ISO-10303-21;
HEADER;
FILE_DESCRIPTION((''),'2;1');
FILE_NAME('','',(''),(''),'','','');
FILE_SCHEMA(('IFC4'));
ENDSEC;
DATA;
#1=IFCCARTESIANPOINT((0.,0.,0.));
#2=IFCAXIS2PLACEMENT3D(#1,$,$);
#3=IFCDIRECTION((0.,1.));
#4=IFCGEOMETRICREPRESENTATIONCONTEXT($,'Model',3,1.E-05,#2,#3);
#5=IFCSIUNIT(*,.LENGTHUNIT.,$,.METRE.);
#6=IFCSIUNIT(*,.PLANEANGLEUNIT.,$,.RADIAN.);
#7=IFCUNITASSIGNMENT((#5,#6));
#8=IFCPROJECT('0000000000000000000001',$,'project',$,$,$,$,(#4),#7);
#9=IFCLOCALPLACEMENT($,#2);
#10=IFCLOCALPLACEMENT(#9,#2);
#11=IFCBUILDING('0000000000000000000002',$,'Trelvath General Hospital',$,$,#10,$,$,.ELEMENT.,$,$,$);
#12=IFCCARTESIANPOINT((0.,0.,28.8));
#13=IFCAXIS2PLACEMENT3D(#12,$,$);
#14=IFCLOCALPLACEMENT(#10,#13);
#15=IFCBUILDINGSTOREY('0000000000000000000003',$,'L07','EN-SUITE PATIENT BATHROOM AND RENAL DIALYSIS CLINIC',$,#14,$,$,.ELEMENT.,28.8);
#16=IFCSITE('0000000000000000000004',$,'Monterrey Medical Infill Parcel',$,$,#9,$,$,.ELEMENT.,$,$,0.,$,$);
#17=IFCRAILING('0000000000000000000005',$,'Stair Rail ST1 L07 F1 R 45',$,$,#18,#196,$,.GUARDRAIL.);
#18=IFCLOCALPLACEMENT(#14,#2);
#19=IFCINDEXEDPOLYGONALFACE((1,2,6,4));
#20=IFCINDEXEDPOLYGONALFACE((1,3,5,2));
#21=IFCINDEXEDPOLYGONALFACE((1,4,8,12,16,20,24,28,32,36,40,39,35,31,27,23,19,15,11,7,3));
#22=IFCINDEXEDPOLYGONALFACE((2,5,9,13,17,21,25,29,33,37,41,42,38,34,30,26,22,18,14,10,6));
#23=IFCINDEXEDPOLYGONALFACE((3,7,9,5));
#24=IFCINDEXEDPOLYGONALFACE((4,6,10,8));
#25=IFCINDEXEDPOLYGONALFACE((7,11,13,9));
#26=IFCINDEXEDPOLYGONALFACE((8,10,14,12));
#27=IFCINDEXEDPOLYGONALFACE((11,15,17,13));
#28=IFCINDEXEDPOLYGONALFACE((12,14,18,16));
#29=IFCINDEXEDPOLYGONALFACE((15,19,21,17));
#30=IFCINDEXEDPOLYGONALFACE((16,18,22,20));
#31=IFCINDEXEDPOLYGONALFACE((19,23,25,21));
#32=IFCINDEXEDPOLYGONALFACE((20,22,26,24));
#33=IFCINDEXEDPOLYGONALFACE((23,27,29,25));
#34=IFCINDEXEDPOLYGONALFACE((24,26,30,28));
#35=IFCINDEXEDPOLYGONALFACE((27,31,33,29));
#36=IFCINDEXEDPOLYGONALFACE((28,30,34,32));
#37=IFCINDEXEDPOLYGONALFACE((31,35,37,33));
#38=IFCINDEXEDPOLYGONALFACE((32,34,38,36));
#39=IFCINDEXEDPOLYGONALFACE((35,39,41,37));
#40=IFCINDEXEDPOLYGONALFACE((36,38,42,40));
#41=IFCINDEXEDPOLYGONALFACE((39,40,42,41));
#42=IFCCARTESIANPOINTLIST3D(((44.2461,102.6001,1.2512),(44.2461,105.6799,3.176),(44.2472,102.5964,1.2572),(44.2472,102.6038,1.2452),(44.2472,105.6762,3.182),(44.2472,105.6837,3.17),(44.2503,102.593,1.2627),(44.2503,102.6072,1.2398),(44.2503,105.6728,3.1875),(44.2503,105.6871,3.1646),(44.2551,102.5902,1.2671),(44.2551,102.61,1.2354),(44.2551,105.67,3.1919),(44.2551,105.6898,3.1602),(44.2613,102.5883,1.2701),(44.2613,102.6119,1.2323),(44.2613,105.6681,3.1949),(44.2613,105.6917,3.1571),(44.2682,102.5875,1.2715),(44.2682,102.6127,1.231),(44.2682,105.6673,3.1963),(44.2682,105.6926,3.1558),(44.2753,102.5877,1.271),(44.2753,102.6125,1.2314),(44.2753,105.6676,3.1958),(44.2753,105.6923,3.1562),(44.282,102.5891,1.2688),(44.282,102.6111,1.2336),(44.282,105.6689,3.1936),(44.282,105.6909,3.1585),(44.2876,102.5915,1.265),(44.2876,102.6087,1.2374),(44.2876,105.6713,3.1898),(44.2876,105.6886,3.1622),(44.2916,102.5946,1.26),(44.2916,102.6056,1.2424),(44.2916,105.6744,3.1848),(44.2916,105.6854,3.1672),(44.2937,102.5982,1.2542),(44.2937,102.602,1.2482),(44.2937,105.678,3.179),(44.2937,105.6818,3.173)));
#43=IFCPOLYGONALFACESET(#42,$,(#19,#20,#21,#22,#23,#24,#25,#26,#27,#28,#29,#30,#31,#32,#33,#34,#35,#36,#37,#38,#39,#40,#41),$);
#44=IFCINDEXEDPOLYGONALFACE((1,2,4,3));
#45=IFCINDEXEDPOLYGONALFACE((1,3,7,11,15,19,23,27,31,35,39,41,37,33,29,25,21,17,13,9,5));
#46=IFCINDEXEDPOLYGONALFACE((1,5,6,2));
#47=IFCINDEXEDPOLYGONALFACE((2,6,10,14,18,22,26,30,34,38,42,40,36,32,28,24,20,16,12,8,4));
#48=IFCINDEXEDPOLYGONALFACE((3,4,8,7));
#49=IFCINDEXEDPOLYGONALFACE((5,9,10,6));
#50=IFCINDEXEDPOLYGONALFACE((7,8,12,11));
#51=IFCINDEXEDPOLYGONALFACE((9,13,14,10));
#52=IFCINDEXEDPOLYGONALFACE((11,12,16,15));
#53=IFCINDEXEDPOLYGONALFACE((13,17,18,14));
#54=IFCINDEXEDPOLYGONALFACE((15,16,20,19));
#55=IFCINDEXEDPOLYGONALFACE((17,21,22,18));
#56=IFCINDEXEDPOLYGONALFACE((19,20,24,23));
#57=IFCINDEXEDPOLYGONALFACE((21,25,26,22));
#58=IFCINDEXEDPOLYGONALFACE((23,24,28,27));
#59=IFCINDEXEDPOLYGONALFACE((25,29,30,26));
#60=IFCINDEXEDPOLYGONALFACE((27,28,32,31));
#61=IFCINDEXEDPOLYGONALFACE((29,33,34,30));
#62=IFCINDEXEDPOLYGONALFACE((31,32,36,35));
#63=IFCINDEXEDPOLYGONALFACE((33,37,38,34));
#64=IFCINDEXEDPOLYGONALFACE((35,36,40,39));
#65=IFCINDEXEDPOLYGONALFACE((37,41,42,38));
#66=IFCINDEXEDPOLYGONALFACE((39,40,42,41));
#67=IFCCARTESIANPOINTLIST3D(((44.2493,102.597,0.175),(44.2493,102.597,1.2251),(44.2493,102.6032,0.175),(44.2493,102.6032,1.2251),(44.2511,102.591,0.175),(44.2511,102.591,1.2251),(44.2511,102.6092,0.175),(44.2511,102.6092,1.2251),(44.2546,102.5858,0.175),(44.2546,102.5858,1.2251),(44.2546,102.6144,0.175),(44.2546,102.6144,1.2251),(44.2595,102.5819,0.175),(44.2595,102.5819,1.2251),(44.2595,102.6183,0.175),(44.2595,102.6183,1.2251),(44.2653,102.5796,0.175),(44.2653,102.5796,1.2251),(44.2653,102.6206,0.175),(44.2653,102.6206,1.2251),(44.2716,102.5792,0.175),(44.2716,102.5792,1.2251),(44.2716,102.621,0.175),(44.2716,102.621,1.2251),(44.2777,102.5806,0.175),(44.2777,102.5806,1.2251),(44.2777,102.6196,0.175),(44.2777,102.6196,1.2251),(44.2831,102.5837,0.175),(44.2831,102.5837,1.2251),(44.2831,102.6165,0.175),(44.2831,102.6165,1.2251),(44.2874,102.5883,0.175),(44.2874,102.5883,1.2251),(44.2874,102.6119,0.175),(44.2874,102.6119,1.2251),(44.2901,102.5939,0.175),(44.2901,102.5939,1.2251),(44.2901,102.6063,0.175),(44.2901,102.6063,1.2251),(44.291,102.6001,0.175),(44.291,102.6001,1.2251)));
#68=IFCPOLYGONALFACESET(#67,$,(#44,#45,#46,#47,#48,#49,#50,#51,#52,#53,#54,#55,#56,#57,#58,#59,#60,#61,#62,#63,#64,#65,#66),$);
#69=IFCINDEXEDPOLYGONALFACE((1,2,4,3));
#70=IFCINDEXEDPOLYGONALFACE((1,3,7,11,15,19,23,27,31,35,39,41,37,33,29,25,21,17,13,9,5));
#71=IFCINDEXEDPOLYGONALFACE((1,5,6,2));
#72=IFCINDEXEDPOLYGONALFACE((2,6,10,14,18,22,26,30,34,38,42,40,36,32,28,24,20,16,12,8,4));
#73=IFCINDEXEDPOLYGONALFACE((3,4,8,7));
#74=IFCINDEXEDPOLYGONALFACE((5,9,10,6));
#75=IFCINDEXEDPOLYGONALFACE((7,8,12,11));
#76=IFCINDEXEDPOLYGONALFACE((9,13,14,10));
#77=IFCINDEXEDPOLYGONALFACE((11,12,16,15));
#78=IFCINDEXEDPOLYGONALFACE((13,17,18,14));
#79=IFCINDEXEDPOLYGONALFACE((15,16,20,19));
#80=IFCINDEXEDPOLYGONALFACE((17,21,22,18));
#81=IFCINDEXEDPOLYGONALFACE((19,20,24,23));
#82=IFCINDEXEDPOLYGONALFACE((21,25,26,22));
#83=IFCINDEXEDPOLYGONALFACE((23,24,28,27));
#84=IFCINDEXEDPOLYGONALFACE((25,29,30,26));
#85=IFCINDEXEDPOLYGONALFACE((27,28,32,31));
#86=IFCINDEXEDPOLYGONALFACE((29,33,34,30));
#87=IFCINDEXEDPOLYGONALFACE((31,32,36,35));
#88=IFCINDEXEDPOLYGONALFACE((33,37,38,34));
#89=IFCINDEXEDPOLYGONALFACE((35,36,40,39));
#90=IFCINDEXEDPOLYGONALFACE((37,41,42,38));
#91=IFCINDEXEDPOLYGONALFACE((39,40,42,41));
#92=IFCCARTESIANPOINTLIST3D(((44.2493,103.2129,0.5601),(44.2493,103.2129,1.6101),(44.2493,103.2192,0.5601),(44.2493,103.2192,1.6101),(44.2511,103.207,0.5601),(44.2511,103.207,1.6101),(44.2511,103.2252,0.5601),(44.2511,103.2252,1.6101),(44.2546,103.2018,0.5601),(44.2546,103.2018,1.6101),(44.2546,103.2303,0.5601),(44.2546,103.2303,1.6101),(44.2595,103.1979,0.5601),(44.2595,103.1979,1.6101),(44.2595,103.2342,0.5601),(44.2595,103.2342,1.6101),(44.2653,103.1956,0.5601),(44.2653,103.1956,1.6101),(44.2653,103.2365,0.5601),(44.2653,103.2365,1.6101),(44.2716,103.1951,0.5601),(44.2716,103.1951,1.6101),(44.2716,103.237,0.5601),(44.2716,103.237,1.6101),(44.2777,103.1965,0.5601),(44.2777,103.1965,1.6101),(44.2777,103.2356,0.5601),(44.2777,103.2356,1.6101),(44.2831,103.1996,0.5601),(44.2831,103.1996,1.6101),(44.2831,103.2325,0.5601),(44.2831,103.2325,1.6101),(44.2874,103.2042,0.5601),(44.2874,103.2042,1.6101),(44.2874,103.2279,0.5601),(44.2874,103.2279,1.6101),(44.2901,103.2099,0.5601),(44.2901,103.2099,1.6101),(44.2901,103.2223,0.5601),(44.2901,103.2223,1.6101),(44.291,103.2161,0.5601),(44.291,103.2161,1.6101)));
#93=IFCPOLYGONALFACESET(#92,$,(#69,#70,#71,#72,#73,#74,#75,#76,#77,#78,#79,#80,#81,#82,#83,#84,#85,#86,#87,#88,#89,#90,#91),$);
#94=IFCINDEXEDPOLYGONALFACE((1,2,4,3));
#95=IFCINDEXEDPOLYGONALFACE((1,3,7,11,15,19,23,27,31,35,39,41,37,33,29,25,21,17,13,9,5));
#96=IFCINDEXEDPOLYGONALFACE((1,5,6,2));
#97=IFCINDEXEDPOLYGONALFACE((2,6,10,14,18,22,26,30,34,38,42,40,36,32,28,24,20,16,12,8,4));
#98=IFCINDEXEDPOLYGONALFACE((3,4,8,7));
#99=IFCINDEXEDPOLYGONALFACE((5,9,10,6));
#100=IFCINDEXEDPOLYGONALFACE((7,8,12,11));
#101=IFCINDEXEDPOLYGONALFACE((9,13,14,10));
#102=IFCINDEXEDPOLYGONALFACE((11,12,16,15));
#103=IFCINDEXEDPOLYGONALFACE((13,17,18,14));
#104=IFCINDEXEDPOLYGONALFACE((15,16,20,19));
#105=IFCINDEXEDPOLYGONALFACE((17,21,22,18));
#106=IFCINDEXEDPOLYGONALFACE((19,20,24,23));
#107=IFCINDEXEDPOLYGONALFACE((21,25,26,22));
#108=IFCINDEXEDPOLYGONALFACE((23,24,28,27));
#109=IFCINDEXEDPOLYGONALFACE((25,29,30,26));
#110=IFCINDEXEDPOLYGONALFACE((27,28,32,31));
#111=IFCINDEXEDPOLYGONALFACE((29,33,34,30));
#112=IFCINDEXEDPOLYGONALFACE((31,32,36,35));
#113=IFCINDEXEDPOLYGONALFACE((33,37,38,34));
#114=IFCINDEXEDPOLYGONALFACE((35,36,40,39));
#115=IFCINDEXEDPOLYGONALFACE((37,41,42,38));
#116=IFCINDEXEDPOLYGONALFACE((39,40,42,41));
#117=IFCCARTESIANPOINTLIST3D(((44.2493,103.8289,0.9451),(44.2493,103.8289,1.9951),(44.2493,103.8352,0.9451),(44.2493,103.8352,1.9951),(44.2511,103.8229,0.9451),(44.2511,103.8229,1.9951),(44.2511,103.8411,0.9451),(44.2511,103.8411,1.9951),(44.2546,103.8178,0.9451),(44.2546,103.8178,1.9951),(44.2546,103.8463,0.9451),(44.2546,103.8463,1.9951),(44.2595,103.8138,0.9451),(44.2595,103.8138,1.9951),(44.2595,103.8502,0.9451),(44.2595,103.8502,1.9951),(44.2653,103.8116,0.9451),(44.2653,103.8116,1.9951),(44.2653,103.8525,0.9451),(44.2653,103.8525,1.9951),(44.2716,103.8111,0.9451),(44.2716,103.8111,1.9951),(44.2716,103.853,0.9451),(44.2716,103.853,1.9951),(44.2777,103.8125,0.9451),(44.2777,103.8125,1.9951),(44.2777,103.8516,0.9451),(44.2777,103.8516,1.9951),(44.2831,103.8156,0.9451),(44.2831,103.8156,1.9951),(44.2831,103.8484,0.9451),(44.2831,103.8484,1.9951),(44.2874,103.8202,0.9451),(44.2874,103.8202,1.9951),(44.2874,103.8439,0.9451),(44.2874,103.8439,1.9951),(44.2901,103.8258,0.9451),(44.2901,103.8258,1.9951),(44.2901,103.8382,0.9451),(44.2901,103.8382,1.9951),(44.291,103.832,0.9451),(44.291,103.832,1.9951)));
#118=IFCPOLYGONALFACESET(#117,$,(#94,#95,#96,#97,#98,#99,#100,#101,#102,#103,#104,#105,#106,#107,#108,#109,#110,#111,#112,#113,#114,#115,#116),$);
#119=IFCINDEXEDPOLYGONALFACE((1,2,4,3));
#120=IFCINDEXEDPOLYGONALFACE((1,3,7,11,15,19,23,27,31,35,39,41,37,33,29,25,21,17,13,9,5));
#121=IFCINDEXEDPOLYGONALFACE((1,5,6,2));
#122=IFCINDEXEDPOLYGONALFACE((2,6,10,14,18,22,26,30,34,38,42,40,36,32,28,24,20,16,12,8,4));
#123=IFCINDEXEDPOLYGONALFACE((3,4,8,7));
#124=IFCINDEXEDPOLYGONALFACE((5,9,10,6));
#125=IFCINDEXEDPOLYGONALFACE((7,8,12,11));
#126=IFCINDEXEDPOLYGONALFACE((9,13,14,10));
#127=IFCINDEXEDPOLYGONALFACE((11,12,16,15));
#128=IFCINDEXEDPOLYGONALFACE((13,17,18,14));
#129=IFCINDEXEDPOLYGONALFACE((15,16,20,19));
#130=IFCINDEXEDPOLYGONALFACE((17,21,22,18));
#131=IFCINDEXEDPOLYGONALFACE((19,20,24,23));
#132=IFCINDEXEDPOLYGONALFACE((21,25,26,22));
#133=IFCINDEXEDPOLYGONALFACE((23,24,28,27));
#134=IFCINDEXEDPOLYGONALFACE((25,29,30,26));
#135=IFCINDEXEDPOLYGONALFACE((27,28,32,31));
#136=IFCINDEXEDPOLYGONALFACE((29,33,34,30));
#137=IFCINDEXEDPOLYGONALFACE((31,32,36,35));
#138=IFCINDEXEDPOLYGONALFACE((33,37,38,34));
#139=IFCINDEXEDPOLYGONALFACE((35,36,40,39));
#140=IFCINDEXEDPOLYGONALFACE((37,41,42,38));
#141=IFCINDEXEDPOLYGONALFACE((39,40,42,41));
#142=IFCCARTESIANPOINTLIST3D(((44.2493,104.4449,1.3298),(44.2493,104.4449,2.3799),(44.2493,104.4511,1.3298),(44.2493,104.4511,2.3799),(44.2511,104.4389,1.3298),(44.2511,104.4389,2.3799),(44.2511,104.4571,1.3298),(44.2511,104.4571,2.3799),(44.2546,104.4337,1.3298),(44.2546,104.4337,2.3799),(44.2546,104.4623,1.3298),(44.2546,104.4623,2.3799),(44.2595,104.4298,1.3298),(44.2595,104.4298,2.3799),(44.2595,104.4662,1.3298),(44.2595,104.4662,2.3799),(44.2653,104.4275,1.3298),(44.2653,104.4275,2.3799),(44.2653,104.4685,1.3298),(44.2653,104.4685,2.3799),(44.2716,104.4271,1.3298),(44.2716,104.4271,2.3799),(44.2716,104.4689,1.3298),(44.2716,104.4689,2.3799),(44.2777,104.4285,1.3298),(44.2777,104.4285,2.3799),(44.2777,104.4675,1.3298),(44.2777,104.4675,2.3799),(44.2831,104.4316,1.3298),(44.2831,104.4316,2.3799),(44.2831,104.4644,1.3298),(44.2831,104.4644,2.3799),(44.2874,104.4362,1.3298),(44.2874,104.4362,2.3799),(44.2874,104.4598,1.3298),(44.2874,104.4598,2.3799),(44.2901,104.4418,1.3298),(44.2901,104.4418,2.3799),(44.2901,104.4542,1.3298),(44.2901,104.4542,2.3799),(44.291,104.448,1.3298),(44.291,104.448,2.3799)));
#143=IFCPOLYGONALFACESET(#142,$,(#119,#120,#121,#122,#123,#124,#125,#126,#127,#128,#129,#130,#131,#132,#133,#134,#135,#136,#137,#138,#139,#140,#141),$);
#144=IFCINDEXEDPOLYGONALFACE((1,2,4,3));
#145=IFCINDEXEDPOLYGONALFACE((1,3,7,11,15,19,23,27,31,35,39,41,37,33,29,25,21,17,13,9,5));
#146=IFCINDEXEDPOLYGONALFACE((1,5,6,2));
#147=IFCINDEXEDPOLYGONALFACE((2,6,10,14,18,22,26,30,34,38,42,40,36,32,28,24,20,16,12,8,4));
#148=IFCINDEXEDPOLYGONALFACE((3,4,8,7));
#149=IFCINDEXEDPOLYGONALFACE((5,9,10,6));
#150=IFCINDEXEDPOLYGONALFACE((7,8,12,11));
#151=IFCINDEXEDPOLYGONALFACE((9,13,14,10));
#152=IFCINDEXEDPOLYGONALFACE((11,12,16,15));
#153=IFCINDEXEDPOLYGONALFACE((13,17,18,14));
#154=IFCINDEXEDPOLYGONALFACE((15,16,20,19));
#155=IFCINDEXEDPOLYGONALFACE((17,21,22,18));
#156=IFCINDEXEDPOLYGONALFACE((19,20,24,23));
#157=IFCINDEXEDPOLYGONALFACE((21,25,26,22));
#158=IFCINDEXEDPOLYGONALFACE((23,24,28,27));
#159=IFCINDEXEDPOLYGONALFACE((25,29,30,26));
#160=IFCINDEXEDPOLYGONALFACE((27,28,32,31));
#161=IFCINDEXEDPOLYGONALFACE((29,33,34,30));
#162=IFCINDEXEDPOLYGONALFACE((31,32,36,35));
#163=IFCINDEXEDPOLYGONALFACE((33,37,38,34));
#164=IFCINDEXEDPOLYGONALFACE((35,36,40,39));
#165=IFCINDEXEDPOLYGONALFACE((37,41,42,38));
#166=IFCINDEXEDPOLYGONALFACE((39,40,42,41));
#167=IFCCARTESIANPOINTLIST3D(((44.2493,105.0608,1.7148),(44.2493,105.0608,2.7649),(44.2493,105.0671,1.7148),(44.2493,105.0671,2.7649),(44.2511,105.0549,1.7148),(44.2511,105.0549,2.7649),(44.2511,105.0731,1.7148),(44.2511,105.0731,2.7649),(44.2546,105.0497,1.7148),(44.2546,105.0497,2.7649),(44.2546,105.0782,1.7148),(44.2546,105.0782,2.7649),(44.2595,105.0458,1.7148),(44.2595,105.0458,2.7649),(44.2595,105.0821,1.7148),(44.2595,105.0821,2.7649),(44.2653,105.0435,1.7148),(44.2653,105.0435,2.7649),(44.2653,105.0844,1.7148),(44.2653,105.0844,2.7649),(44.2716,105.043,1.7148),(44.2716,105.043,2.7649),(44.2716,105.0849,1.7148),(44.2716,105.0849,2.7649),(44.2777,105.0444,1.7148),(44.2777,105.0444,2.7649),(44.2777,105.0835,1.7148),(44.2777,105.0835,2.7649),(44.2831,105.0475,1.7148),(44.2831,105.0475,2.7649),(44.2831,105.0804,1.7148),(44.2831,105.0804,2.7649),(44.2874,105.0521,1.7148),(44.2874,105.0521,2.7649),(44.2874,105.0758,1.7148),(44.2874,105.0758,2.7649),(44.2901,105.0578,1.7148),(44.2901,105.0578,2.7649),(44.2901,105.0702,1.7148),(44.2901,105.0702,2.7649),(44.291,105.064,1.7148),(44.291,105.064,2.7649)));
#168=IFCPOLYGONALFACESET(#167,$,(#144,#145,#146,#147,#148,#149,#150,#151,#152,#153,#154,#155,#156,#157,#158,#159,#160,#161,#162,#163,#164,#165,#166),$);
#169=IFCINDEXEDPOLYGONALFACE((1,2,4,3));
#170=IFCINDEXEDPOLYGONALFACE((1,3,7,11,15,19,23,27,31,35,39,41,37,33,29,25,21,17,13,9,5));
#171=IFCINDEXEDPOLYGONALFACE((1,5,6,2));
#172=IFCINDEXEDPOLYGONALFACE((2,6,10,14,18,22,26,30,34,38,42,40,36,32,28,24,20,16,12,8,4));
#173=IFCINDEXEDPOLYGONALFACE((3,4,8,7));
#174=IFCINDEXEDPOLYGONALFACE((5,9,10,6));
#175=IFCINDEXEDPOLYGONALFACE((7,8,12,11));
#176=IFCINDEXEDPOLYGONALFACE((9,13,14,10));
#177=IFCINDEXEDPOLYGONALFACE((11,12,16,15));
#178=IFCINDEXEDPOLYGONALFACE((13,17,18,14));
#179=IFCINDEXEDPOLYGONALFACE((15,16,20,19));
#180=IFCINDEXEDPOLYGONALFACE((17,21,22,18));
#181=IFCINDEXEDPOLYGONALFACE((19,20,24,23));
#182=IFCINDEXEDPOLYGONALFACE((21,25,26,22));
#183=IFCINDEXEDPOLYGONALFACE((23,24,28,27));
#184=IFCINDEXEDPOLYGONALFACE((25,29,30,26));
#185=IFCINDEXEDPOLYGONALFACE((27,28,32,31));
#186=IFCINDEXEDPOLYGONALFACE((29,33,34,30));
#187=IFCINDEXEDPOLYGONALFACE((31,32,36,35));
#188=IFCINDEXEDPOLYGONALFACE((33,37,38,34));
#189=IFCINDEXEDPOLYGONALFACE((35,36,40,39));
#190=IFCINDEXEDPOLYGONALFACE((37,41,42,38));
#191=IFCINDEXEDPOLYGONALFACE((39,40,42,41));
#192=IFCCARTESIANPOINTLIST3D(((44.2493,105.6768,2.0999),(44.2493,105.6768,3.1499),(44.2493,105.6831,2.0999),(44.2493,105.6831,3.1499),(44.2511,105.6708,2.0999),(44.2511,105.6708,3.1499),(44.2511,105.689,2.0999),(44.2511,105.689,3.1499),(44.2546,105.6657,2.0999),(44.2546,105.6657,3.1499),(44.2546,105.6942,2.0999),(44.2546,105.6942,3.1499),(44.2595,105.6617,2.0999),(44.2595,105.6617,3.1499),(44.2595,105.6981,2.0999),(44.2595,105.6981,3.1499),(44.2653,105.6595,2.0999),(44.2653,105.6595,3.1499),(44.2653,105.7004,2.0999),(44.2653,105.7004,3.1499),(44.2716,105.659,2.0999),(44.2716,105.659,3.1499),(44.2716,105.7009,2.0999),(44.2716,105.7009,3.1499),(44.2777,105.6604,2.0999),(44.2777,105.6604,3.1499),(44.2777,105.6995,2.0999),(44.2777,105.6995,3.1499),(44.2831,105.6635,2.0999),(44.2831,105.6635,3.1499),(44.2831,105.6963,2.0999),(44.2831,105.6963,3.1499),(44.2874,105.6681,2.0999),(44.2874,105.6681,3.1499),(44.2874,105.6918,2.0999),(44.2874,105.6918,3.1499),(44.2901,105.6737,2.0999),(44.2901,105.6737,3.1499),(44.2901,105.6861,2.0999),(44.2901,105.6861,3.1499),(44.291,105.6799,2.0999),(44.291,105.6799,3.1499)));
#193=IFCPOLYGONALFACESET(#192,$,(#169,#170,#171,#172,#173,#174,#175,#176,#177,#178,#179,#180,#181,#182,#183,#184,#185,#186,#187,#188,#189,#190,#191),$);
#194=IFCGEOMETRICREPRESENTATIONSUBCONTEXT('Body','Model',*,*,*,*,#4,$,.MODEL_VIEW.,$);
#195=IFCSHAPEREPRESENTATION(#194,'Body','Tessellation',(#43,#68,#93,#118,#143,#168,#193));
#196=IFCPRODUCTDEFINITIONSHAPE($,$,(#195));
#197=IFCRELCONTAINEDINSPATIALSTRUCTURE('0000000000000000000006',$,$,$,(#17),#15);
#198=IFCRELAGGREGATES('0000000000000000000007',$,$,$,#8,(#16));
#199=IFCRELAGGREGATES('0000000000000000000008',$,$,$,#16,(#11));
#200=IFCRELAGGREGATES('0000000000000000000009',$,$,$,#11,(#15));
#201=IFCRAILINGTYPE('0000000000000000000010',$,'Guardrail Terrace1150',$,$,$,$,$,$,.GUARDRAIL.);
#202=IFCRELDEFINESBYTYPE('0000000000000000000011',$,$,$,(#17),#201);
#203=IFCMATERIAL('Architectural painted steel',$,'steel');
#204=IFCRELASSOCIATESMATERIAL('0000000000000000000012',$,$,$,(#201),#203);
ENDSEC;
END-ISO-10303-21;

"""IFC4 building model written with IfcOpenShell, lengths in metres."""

from ifc_helpers import new_model, si_unit, direction, frame, origin, origin_2d, place, context, subcontext, project, spatial, circle, extrude, material, type_object, element, save


model = new_model("IFC4")

# Units and contexts
model_context = context("Model", 3, precision=1e-05, world=origin(), true_north=direction((0.0, 1.0)))
body_context = subcontext(model_context, "Body", "Model", "MODEL_VIEW")
ifc_project = project(units=[si_unit("LENGTHUNIT", "METRE"), si_unit("PLANEANGLEUNIT", "RADIAN")], contexts=[model_context])

# Site, building, storey
site_placement = place(None, origin())
site = spatial("IfcSite", under=ifc_project, at=site_placement, Name="Monterrey Medical Infill Parcel", CompositionType="ELEMENT", RefElevation=0.0)
building_placement = place(site_placement, origin())
building = spatial("IfcBuilding", under=site, at=building_placement, Name="Trelvath General Hospital", CompositionType="ELEMENT")
storey_placement = place(building_placement, frame((0.0, 0.0, 28.8)))
storey = spatial("IfcBuildingStorey", under=building, at=storey_placement, Name="L07", Description="EN-SUITE PATIENT BATHROOM AND RENAL DIALYSIS CLINIC", CompositionType="ELEMENT", Elevation=28.8)

# Railing
ifc_material_1 = material(Name="Architectural painted steel", Category="steel")
railing_type_1 = type_object("IfcRailingType", Name="Guardrail Terrace1150", PredefinedType="GUARDRAIL", material=ifc_material_1)
railing_1_placement = place(storey_placement, frame((44.27, 102.6001, 0.175)))
element("IfcRailing", 1, at=railing_1_placement, inside=storey, type_object=railing_type_1, Name="Stair Rail ST1 L07 F1 R 45", PredefinedType="GUARDRAIL", context=body_context, shape_type="SweptSolid", body=[
    extrude(circle(Radius=0.0239, at=origin_2d()), frame((0.0, 0.0, 1.0762), z_axis=(0.0, 0.84801, 0.529981), x_axis=(-1.0, 0.0, 0.0)), (0.0, 0.0, 1.0), 3.6318),
    extrude(circle(Radius=0.021, at=origin_2d()), origin(), (0.0, 0.0, 1.0), 1.05),
    extrude(circle(Radius=0.021, at=origin_2d()), frame((0.0, 0.616, 0.385)), (0.0, 0.0, 1.0), 1.05),
    extrude(circle(Radius=0.021, at=origin_2d()), frame((0.0, 1.2319, 0.77)), (0.0, 0.0, 1.0), 1.05),
    extrude(circle(Radius=0.021, at=origin_2d()), frame((0.0, 1.8479, 1.1548)), (0.0, 0.0, 1.0), 1.05),
    extrude(circle(Radius=0.021, at=origin_2d()), frame((0.0, 2.4639, 1.5398)), (0.0, 0.0, 1.0), 1.05),
    extrude(circle(Radius=0.021, at=origin_2d()), frame((0.0, 3.0798, 1.9248)), (0.0, 0.0, 1.0), 1.05),
])

save(model, "model.ifc")
